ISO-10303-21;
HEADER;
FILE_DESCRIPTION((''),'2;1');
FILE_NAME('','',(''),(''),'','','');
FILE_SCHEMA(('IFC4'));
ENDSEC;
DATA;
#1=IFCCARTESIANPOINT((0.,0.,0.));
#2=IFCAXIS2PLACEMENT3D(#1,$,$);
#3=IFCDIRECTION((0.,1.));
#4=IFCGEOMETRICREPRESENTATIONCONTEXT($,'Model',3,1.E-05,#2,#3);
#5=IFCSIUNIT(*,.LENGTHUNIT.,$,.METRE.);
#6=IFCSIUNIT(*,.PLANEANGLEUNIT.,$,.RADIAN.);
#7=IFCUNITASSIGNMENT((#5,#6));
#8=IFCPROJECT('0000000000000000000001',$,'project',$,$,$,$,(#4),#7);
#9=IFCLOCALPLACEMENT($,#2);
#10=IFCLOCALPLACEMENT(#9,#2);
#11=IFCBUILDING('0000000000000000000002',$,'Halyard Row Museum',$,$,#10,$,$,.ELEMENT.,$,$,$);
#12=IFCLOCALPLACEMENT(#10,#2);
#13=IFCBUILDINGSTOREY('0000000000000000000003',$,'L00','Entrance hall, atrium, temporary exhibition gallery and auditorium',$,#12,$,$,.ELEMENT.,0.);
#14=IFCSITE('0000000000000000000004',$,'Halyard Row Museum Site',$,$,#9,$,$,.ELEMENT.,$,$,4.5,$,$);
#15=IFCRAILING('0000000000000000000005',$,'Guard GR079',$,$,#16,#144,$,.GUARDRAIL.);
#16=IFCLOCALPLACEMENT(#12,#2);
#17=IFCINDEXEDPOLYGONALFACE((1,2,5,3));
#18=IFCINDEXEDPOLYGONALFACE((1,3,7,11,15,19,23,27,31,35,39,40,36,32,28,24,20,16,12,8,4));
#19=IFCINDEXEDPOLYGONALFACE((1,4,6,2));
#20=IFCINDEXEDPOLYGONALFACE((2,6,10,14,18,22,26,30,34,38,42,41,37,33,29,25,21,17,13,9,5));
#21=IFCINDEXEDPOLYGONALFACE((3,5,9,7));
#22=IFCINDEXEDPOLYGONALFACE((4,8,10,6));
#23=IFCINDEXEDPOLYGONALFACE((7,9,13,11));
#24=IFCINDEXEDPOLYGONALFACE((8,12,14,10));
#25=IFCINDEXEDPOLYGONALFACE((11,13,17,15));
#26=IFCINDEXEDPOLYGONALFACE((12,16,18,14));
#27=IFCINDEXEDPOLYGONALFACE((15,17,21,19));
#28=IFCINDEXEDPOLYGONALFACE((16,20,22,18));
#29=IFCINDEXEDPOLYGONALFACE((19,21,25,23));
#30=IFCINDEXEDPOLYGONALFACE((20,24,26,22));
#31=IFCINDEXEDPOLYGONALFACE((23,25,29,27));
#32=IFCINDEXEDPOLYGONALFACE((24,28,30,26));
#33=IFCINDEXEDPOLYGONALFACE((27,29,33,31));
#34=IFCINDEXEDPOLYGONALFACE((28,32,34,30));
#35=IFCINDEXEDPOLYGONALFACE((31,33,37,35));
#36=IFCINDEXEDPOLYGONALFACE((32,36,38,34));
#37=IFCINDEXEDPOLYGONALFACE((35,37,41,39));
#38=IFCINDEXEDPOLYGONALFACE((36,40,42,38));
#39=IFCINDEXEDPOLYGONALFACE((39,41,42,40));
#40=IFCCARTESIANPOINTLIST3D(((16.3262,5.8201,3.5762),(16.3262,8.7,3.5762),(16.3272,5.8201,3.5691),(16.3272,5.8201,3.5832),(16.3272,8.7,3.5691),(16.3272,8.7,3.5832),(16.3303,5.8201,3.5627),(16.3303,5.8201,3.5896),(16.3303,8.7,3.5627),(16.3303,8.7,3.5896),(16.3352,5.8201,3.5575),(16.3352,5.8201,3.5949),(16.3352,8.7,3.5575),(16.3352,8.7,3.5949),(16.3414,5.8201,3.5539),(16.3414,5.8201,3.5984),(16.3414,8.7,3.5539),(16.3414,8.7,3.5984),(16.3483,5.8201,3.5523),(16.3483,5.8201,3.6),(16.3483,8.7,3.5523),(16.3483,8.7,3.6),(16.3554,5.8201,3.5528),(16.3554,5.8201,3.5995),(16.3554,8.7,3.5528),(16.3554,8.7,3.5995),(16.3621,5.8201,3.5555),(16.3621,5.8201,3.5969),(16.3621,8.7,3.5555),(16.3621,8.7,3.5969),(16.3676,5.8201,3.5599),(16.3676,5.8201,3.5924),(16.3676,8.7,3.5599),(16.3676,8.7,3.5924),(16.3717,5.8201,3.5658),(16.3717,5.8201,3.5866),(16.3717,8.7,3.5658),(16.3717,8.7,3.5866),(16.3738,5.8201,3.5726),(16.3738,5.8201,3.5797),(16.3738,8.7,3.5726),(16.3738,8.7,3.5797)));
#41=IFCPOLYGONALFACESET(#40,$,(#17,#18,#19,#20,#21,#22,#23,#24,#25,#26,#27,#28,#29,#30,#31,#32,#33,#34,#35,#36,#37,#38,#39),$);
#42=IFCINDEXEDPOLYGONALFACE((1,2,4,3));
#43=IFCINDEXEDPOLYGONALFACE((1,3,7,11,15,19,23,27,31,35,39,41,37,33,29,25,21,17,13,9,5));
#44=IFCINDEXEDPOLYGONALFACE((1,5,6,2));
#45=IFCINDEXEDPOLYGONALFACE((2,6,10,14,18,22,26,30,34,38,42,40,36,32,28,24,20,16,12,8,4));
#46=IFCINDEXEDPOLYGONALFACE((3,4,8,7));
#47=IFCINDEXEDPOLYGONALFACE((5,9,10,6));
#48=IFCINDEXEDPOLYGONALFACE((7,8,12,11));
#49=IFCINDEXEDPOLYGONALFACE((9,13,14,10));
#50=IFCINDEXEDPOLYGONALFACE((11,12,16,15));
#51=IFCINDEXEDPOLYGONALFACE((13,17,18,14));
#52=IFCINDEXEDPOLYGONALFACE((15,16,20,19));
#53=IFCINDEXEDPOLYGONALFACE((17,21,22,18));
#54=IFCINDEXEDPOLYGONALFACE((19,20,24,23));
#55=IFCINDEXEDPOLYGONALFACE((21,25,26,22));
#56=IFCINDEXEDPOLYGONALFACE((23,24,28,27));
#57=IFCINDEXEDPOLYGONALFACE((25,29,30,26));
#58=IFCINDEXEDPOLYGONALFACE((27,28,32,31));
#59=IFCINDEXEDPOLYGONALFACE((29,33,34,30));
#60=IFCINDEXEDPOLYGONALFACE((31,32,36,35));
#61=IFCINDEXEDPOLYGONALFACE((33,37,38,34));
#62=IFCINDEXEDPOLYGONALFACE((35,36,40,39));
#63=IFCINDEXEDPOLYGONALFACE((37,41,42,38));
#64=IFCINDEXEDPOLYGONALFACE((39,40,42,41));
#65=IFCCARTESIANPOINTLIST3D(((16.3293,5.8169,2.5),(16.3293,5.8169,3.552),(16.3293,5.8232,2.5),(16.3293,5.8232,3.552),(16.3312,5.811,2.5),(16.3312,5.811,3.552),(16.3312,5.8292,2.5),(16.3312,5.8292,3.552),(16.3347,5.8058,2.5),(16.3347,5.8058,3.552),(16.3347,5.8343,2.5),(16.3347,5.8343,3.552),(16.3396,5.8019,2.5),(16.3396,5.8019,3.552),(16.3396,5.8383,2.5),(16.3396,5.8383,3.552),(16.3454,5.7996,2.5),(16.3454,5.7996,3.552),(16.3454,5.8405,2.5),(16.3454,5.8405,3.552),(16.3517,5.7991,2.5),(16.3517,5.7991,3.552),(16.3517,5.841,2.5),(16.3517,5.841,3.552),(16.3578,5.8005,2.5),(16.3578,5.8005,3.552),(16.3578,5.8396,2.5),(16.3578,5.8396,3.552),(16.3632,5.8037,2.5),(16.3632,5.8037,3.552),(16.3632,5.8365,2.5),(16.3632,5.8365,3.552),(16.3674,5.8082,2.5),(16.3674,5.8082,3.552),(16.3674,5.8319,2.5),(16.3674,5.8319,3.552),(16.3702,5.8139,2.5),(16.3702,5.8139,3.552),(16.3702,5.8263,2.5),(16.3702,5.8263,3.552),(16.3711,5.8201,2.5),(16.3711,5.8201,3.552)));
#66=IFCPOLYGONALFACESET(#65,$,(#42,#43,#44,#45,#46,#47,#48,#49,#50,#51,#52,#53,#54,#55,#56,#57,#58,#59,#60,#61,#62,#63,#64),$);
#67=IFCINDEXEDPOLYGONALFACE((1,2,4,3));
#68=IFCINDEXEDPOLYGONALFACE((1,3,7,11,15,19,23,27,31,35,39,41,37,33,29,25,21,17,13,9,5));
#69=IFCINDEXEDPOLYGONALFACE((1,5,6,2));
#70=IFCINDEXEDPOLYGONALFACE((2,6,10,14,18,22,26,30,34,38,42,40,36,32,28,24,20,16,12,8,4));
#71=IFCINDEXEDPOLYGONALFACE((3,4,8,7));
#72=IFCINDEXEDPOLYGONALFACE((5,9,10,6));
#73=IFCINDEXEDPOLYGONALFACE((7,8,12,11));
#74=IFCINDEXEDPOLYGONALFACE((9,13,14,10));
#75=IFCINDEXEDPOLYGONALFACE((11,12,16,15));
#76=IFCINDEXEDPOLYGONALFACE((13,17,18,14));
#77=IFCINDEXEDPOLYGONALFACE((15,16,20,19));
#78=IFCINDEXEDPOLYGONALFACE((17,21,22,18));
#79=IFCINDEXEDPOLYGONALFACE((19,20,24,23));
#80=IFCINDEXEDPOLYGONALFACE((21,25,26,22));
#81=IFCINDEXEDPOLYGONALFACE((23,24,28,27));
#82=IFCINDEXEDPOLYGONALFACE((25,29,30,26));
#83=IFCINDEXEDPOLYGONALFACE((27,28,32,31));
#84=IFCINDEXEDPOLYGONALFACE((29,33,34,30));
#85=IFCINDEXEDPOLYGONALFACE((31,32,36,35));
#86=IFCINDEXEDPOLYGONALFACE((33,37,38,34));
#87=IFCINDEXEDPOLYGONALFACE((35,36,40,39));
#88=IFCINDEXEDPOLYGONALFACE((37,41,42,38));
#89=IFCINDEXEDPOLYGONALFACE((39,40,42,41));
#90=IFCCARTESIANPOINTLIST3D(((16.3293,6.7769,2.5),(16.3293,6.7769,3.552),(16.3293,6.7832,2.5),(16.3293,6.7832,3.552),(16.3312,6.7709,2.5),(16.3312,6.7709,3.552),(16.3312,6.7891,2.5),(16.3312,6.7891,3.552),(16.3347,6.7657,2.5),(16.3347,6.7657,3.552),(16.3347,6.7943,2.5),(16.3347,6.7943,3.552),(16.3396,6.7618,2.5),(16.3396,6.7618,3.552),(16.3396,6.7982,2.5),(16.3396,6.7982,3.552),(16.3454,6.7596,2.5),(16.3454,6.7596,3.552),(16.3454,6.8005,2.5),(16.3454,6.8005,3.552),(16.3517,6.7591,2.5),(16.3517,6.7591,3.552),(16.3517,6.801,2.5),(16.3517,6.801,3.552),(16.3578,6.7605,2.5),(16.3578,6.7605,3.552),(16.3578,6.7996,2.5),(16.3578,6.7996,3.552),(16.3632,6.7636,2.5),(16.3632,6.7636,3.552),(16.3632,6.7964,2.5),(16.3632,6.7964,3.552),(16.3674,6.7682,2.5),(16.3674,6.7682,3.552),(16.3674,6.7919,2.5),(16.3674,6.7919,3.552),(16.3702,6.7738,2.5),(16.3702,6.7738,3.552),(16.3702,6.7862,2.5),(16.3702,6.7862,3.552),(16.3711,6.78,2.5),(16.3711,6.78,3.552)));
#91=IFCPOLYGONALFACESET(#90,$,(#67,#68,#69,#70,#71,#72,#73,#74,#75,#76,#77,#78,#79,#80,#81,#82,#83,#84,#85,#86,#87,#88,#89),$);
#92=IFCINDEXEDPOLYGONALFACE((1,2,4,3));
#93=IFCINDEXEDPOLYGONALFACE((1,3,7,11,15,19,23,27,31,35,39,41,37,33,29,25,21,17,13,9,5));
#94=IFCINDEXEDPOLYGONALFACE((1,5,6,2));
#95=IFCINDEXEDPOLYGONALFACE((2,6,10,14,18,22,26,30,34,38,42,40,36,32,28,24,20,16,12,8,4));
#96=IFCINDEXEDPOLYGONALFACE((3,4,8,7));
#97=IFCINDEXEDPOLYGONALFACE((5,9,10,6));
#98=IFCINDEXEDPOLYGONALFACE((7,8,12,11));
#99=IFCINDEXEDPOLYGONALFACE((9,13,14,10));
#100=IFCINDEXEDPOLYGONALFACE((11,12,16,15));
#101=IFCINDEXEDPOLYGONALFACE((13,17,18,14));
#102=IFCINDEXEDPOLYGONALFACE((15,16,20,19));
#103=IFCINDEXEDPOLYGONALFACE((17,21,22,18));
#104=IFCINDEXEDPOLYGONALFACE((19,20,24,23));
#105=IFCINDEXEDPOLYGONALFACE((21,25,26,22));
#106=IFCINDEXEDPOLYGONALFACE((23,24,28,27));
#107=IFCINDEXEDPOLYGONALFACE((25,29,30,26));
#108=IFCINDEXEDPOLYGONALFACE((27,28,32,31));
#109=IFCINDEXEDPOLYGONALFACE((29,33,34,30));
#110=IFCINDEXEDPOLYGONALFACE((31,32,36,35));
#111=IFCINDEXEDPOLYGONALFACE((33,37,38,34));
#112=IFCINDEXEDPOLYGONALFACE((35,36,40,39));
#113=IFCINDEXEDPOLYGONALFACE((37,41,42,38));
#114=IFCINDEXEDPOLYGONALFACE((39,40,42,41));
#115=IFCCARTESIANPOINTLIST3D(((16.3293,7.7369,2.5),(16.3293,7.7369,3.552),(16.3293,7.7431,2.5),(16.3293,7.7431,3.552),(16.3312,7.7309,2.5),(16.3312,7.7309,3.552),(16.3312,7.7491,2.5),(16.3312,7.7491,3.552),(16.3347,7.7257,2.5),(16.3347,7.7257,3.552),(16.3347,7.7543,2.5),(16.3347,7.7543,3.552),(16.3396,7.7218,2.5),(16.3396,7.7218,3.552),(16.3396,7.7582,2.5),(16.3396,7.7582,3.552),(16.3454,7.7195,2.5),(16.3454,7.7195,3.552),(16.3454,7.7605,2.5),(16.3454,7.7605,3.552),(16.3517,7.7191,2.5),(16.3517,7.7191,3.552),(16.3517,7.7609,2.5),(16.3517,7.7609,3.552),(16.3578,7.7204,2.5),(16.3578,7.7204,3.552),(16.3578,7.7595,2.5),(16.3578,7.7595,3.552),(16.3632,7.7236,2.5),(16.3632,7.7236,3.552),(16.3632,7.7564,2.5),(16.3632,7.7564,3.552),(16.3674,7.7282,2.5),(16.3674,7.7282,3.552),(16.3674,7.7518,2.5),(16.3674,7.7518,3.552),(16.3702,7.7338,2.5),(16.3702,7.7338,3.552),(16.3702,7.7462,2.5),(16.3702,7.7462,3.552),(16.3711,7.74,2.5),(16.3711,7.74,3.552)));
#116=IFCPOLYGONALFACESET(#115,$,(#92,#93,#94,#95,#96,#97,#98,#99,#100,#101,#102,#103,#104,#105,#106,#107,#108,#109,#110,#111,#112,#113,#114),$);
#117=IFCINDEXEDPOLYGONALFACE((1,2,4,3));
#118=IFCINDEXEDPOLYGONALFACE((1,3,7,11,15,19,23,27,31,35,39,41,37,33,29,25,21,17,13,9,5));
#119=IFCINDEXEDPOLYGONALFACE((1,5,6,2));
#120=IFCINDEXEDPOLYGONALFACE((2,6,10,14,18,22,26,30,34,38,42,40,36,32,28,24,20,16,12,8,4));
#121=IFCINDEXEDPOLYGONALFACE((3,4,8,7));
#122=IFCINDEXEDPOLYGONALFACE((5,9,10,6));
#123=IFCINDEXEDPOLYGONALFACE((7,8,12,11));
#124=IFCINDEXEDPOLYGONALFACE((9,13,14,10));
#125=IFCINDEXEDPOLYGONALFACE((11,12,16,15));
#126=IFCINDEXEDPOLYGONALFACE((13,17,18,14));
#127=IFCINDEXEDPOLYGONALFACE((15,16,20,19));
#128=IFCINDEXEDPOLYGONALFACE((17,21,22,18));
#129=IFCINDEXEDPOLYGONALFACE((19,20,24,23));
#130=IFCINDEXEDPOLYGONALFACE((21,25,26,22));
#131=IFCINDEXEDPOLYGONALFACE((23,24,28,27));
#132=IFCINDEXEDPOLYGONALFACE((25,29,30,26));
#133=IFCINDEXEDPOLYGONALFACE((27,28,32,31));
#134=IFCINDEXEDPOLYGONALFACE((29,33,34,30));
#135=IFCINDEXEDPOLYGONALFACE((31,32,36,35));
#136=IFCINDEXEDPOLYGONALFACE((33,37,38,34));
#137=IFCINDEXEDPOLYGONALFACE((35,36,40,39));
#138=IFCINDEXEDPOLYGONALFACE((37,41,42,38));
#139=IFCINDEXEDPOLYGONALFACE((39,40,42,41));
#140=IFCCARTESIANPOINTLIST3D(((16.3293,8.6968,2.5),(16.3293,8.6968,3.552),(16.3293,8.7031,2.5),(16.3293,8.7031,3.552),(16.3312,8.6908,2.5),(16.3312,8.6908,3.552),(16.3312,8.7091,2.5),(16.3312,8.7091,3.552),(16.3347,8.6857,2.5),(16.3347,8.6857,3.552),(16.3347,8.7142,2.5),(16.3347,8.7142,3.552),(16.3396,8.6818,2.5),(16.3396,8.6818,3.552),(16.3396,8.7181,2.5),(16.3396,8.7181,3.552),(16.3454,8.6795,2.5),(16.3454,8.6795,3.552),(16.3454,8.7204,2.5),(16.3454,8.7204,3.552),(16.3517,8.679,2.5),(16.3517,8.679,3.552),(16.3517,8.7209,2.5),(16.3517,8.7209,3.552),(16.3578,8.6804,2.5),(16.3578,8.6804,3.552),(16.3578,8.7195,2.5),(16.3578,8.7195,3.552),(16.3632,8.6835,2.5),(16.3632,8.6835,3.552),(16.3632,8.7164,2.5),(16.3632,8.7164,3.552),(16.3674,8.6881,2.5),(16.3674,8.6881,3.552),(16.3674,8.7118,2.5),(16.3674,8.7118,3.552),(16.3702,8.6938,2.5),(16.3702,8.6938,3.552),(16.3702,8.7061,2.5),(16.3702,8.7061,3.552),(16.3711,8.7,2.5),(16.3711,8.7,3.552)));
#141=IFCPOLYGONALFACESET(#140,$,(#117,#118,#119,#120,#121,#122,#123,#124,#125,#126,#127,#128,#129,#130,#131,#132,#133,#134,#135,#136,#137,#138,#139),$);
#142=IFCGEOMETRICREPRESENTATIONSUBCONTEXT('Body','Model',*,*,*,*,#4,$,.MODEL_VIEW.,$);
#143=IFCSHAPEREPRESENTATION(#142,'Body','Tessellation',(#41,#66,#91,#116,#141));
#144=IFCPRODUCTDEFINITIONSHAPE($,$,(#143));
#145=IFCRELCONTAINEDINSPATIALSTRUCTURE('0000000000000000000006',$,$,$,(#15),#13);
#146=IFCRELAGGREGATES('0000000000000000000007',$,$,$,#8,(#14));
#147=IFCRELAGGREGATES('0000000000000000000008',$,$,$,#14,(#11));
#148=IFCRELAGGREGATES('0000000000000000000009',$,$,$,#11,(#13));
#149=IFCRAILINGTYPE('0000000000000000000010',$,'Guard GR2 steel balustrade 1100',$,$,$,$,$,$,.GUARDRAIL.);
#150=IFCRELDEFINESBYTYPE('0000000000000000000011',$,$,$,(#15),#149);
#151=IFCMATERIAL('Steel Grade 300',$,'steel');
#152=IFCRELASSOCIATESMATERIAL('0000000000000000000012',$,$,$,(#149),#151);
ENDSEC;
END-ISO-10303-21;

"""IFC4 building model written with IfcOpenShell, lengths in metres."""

from ifc_helpers import new_model, si_unit, direction, frame, origin, origin_2d, place, context, subcontext, project, spatial, circle, extrude, material, type_object, element, save


model = new_model("IFC4")

# Units and contexts
model_context = context("Model", 3, precision=1e-05, world=origin(), true_north=direction((0.0, 1.0)))
body_context = subcontext(model_context, "Body", "Model", "MODEL_VIEW")
ifc_project = project(units=[si_unit("LENGTHUNIT", "METRE"), si_unit("PLANEANGLEUNIT", "RADIAN")], contexts=[model_context])

# Site, building, storey
site_placement = place(None, origin())
site = spatial("IfcSite", under=ifc_project, at=site_placement, Name="Halyard Row Museum Site", CompositionType="ELEMENT", RefElevation=4.5)
building_placement = place(site_placement, origin())
building = spatial("IfcBuilding", under=site, at=building_placement, Name="Halyard Row Museum", CompositionType="ELEMENT")
storey_placement = place(building_placement, origin())
storey = spatial("IfcBuildingStorey", under=building, at=storey_placement, Name="L00", Description="Entrance hall, atrium, temporary exhibition gallery and auditorium", CompositionType="ELEMENT", Elevation=0.0)

# Railing
ifc_material_1 = material(Name="Steel Grade 300", Category="steel")
railing_type_1 = type_object("IfcRailingType", Name="Guard GR2 steel balustrade 1100", PredefinedType="GUARDRAIL", material=ifc_material_1)
railing_1_placement = place(storey_placement, frame((16.3501, 5.8201, 2.5)))
element("IfcRailing", 1, at=railing_1_placement, inside=storey, type_object=railing_type_1, Name="Guard GR079", PredefinedType="GUARDRAIL", context=body_context, shape_type="SweptSolid", body=[
    extrude(circle(Radius=0.0239, at=origin_2d()), frame((0.0, 0.0, 1.0762), z_axis=(0.0, 1.0, 0.0), x_axis=(-1.0, 0.0, 0.0)), (0.0, 0.0, 1.0), 2.8799),
    extrude(circle(Radius=0.021, at=origin_2d()), origin(), (0.0, 0.0, 1.0), 1.052),
    extrude(circle(Radius=0.021, at=origin_2d()), frame((0.0, 0.96, 0.0)), (0.0, 0.0, 1.0), 1.052),
    extrude(circle(Radius=0.021, at=origin_2d()), frame((0.0, 1.9199, 0.0)), (0.0, 0.0, 1.0), 1.052),
    extrude(circle(Radius=0.021, at=origin_2d()), frame((0.0, 2.8799, 0.0)), (0.0, 0.0, 1.0), 1.052),
])

save(model, "model.ifc")
